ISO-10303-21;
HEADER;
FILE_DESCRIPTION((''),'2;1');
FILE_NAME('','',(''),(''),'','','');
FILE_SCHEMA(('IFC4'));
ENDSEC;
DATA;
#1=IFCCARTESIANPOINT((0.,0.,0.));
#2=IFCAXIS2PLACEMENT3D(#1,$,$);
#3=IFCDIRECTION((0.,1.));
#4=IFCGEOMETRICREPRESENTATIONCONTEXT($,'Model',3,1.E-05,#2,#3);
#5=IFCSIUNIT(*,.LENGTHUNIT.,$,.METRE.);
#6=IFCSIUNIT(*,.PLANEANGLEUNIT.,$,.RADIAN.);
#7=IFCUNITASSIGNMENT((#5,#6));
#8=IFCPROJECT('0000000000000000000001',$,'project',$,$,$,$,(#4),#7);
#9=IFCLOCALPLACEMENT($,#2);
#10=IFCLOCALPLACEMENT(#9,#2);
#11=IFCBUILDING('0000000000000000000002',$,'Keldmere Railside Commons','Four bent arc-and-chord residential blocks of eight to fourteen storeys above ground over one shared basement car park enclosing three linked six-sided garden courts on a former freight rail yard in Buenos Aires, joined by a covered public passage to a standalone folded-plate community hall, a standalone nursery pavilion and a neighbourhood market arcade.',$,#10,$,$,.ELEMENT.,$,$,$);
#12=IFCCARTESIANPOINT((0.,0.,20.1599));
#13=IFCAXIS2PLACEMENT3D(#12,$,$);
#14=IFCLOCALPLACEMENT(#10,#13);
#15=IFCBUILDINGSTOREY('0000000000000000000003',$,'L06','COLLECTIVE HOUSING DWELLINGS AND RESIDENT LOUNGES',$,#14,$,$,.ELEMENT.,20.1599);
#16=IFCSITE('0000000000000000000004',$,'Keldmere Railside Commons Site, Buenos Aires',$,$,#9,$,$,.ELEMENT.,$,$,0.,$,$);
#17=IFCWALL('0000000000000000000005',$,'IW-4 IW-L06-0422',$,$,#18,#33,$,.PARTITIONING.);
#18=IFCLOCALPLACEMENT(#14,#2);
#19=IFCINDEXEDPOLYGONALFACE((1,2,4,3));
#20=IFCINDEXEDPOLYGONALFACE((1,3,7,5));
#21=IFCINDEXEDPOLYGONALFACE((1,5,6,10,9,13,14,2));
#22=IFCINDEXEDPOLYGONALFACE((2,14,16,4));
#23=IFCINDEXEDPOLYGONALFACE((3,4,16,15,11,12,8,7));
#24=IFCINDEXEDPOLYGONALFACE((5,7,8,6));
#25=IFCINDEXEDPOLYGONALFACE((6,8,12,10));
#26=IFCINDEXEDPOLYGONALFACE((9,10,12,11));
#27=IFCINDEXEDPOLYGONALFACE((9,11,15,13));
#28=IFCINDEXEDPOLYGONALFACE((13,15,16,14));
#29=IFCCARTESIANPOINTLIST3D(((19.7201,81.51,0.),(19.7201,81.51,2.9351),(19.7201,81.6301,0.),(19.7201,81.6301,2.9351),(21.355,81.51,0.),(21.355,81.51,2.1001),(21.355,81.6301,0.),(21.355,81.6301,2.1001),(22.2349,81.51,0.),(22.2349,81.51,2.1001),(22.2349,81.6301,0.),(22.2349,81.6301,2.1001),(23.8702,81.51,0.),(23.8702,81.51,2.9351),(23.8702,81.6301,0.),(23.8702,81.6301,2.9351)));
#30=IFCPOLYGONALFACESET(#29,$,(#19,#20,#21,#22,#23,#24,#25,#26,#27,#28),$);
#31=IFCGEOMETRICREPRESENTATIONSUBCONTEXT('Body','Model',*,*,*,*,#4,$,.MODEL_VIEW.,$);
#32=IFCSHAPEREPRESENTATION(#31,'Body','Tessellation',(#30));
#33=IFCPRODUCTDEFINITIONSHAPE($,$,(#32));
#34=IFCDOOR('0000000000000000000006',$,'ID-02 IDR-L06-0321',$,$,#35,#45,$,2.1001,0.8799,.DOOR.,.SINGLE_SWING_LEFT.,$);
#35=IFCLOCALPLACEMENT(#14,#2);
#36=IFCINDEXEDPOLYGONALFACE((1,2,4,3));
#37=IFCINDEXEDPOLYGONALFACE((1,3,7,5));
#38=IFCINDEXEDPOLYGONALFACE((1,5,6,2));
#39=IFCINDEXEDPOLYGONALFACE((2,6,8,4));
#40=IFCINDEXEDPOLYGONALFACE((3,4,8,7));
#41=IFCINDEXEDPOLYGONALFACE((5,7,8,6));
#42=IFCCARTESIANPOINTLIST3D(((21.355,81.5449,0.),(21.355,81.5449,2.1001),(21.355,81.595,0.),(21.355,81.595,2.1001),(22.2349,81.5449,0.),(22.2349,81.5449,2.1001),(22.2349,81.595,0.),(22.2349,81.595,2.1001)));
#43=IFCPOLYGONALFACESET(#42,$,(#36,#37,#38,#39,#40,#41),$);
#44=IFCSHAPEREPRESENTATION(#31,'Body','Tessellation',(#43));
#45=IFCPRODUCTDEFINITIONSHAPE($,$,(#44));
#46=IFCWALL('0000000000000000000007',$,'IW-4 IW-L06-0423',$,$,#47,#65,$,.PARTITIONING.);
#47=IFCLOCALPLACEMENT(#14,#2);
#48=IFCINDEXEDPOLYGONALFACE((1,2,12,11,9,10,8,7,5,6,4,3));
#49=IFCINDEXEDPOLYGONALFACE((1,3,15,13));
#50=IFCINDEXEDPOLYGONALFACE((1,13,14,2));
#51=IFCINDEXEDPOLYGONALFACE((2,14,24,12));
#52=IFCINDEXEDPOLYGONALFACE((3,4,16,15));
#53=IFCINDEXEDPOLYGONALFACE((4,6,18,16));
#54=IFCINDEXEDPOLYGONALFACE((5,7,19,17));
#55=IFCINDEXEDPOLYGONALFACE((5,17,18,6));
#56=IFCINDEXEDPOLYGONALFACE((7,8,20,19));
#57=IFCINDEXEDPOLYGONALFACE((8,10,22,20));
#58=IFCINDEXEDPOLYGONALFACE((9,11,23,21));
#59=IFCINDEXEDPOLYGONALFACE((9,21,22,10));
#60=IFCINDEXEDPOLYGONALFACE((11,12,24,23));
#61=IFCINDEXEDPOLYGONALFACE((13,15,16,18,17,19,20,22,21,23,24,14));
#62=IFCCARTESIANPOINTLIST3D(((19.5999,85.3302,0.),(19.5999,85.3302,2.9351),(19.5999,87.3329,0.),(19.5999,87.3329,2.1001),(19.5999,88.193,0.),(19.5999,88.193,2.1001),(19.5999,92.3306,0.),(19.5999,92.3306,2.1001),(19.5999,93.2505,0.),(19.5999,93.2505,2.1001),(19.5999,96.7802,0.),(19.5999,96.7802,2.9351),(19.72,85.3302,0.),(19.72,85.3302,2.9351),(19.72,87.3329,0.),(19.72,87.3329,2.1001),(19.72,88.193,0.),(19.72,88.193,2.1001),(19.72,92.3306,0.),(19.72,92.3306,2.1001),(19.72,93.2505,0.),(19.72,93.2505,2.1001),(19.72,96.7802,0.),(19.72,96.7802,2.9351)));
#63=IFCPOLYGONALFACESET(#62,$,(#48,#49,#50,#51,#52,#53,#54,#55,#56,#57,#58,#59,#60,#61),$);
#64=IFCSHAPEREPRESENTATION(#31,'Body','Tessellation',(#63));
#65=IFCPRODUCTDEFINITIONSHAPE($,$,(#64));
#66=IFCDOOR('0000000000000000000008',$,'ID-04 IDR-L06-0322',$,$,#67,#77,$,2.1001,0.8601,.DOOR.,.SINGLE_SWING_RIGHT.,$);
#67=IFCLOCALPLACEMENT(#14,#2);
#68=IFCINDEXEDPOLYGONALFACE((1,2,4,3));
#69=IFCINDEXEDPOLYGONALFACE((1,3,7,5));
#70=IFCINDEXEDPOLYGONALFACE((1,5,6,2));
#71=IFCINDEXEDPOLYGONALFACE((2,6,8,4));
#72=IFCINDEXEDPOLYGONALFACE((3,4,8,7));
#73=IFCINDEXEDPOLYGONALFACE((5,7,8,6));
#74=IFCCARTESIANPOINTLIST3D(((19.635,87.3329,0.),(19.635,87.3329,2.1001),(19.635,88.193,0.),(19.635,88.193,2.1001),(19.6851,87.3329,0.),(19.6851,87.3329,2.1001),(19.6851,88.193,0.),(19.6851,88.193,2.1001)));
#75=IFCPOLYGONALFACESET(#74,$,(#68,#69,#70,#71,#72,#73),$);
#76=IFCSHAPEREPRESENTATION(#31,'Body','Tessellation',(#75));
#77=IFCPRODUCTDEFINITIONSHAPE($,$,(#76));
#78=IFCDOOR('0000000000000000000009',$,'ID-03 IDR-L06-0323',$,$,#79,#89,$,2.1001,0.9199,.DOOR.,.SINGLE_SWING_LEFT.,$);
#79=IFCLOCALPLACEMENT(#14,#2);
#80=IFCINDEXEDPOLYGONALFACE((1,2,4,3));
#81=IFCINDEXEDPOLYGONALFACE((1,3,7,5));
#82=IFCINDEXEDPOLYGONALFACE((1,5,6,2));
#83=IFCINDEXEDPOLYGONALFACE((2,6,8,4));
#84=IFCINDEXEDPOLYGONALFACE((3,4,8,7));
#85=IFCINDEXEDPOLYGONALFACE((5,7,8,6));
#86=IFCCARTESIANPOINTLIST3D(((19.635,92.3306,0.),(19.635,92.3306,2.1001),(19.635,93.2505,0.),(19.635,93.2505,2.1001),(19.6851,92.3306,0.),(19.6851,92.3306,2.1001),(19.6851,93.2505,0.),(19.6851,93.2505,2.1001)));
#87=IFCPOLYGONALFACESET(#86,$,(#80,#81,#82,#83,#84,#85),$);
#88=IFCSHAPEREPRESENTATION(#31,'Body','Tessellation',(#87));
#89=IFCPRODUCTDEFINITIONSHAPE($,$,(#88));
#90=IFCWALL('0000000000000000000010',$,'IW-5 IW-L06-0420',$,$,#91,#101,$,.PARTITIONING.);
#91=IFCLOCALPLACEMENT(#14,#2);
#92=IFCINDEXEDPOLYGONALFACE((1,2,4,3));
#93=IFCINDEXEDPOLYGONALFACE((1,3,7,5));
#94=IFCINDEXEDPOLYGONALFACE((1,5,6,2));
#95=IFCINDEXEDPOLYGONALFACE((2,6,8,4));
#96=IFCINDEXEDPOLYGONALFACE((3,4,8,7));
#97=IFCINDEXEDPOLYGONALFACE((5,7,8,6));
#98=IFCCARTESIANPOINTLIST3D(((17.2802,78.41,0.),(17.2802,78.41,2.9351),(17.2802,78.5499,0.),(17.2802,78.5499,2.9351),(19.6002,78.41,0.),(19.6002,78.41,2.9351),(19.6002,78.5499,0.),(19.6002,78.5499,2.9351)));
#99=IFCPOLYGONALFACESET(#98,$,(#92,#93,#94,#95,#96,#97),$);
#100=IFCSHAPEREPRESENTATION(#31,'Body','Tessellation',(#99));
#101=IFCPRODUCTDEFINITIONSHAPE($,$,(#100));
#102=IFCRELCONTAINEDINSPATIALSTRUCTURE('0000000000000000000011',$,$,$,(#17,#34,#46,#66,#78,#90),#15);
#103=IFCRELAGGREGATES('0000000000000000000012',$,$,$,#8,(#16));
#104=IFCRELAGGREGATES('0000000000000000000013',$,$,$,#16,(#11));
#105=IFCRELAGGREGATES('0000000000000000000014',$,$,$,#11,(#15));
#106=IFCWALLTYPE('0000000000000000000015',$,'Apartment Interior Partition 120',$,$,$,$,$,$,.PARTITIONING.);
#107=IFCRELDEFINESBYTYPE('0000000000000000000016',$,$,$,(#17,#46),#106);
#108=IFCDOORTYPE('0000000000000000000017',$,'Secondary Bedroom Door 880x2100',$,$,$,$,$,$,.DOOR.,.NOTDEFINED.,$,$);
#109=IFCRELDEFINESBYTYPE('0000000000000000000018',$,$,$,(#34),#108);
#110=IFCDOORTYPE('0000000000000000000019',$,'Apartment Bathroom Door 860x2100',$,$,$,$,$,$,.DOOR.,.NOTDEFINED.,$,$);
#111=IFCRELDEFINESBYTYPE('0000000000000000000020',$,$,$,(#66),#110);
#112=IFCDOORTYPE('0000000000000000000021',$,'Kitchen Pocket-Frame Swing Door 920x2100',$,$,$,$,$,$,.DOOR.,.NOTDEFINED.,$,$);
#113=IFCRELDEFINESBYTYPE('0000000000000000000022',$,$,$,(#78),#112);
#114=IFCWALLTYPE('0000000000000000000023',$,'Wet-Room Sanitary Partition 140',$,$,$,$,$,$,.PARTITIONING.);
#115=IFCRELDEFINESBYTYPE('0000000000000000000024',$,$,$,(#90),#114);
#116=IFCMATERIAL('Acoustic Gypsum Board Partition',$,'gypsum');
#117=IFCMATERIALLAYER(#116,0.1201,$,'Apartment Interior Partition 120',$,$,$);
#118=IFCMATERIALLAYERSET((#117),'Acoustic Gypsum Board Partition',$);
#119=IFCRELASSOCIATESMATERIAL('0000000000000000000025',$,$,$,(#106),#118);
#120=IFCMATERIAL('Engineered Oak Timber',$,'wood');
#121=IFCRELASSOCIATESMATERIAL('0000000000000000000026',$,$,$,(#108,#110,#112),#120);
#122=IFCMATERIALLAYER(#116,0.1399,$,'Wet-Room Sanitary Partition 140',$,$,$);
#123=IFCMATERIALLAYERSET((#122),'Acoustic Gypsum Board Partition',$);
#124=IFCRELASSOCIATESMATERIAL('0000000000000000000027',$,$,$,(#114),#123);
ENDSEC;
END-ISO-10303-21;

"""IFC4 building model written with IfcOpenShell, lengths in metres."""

from ifc_helpers import new_model, si_unit, direction, frame, frame_2d, origin, place, context, subcontext, project, spatial, rectangle, extrude, material, layer, layer_set, type_object, element, fill, save


model = new_model("IFC4")

# Units and contexts
model_context = context("Model", 3, precision=1e-05, world=origin(), true_north=direction((0.0, 1.0)))
body_context = subcontext(model_context, "Body", "Model", "MODEL_VIEW")
ifc_project = project(units=[si_unit("LENGTHUNIT", "METRE"), si_unit("PLANEANGLEUNIT", "RADIAN")], contexts=[model_context])

# Site, building, storey
site_placement = place(None, origin())
site = spatial("IfcSite", under=ifc_project, at=site_placement, Name="Keldmere Railside Commons Site, Buenos Aires", CompositionType="ELEMENT", RefElevation=0.0)
building_placement = place(site_placement, origin())
building = spatial("IfcBuilding", under=site, at=building_placement, Name="Keldmere Railside Commons", Description="Four bent arc-and-chord residential blocks of eight to fourteen storeys above ground over one shared basement car park enclosing three linked six-sided garden courts on a former freight rail yard in Buenos Aires, joined by a covered public passage to a standalone folded-plate community hall, a standalone nursery pavilion and a neighbourhood market arcade.", CompositionType="ELEMENT")
storey_placement = place(building_placement, frame((0.0, 0.0, 20.1599)))
storey = spatial("IfcBuildingStorey", under=building, at=storey_placement, Name="L06", Description="COLLECTIVE HOUSING DWELLINGS AND RESIDENT LOUNGES", CompositionType="ELEMENT", Elevation=20.1599)

# Shared definitions
ifc_material_1 = material(Name="Acoustic Gypsum Board Partition", Category="gypsum")

# Wall, opening, door
ifc_layer_1 = layer(ifc_material_1, 0.1201, Name="Apartment Interior Partition 120")
ifc_layer_set_1 = layer_set([ifc_layer_1], Name="Acoustic Gypsum Board Partition")
wall_type_1 = type_object("IfcWallType", Name="Apartment Interior Partition 120", PredefinedType="PARTITIONING", material=ifc_layer_set_1)
ifc_material_2 = material(Name="Engineered Oak Timber", Category="wood")
wall_1_placement = place(storey_placement, frame((19.72, 81.5701, 0.0), z_axis=(0.0, 0.0, 1.0), x_axis=(1.0, 0.0, 0.0)))
wall_1 = element("IfcWall", 1, at=wall_1_placement, inside=storey, type_object=wall_type_1, Name="IW-4 IW-L06-0422", PredefinedType="PARTITIONING", context=body_context, shape_type="SweptSolid", body=[
    extrude(rectangle(XDim=4.1501, YDim=0.1201, at=frame_2d((2.0752, 0.0))), origin(), (0.0, 0.0, 1.0), 2.9351),
])
opening_1_placement = place(wall_1_placement, frame((1.635, 0.0, 0.0)))
opening_1 = element("IfcOpeningElement", 2, at=opening_1_placement, cuts=wall_1, PredefinedType="OPENING", context=body_context, shape_type="SweptSolid", body=[
    extrude(rectangle(XDim=0.8799, YDim=2.1001, at=frame_2d((0.4399, 1.05))), frame((0.0, 0.0701, 0.0), z_axis=(0.0, -1.0, 0.0), x_axis=(1.0, 0.0, 0.0)), (0.0, 0.0, 1.0), 0.1401),
])
door_type_1 = type_object("IfcDoorType", Name="Secondary Bedroom Door 880x2100", OperationType="NOTDEFINED", PredefinedType="DOOR", material=ifc_material_2)
door_1_placement = place(opening_1_placement, origin())
door_1 = element("IfcDoor", 3, at=door_1_placement, inside=storey, type_object=door_type_1, Name="ID-02 IDR-L06-0321", OperationType="SINGLE_SWING_LEFT", OverallHeight=2.1001, OverallWidth=0.8799, PredefinedType="DOOR", context=body_context, shape_type="SweptSolid", body=[
    extrude(rectangle(XDim=0.8799, YDim=2.1001, at=frame_2d((0.4399, 1.05))), frame((0.0, 0.0249, 0.0), z_axis=(0.0, -1.0, 0.0), x_axis=(1.0, 0.0, 0.0)), (0.0, 0.0, 1.0), 0.05),
])
fill(opening_1, door_1)

# Wall, openings, doors
wall_2_placement = place(storey_placement, frame((19.6599, 85.3301, 0.0), z_axis=(0.0, 0.0, 1.0), x_axis=(0.0, 1.0, 0.0)))
wall_2 = element("IfcWall", 4, at=wall_2_placement, inside=storey, type_object=wall_type_1, Name="IW-4 IW-L06-0423", PredefinedType="PARTITIONING", context=body_context, shape_type="SweptSolid", body=[
    extrude(rectangle(XDim=11.45, YDim=0.1201, at=frame_2d((5.7251, 0.0))), origin(), (0.0, 0.0, 1.0), 2.9351),
])
opening_2_placement = place(wall_2_placement, frame((2.0027, 0.0, 0.0)))
opening_2 = element("IfcOpeningElement", 5, at=opening_2_placement, cuts=wall_2, PredefinedType="OPENING", context=body_context, shape_type="SweptSolid", body=[
    extrude(rectangle(XDim=0.8601, YDim=2.1001, at=frame_2d((0.4302, 1.05))), frame((0.0, 0.0701, 0.0), z_axis=(0.0, -1.0, 0.0), x_axis=(1.0, 0.0, 0.0)), (0.0, 0.0, 1.0), 0.1401),
])
opening_3_placement = place(wall_2_placement, frame((7.0005, 0.0, 0.0)))
opening_3 = element("IfcOpeningElement", 6, at=opening_3_placement, cuts=wall_2, PredefinedType="OPENING", context=body_context, shape_type="SweptSolid", body=[
    extrude(rectangle(XDim=0.9199, YDim=2.1001, at=frame_2d((0.46, 1.05))), frame((0.0, 0.0701, 0.0), z_axis=(0.0, -1.0, 0.0), x_axis=(1.0, 0.0, 0.0)), (0.0, 0.0, 1.0), 0.1401),
])
door_type_2 = type_object("IfcDoorType", Name="Apartment Bathroom Door 860x2100", OperationType="NOTDEFINED", PredefinedType="DOOR", material=ifc_material_2)
door_2_placement = place(opening_2_placement, origin())
door_2 = element("IfcDoor", 7, at=door_2_placement, inside=storey, type_object=door_type_2, Name="ID-04 IDR-L06-0322", OperationType="SINGLE_SWING_RIGHT", OverallHeight=2.1001, OverallWidth=0.8601, PredefinedType="DOOR", context=body_context, shape_type="SweptSolid", body=[
    extrude(rectangle(XDim=0.8601, YDim=2.1001, at=frame_2d((0.4302, 1.05))), frame((0.0, 0.0249, 0.0), z_axis=(0.0, -1.0, 0.0), x_axis=(1.0, 0.0, 0.0)), (0.0, 0.0, 1.0), 0.05),
])
fill(opening_2, door_2)
door_type_3 = type_object("IfcDoorType", Name="Kitchen Pocket-Frame Swing Door 920x2100", OperationType="NOTDEFINED", PredefinedType="DOOR", material=ifc_material_2)
door_3_placement = place(opening_3_placement, origin())
door_3 = element("IfcDoor", 8, at=door_3_placement, inside=storey, type_object=door_type_3, Name="ID-03 IDR-L06-0323", OperationType="SINGLE_SWING_LEFT", OverallHeight=2.1001, OverallWidth=0.9199, PredefinedType="DOOR", context=body_context, shape_type="SweptSolid", body=[
    extrude(rectangle(XDim=0.9199, YDim=2.1001, at=frame_2d((0.46, 1.05))), frame((0.0, 0.0249, 0.0), z_axis=(0.0, -1.0, 0.0), x_axis=(1.0, 0.0, 0.0)), (0.0, 0.0, 1.0), 0.05),
])
fill(opening_3, door_3)

# Wall
ifc_layer_2 = layer(ifc_material_1, 0.1399, Name="Wet-Room Sanitary Partition 140")
ifc_layer_set_2 = layer_set([ifc_layer_2], Name="Acoustic Gypsum Board Partition")
wall_type_2 = type_object("IfcWallType", Name="Wet-Room Sanitary Partition 140", PredefinedType="PARTITIONING", material=ifc_layer_set_2)
wall_3_placement = place(storey_placement, frame((17.28, 78.48, 0.0), z_axis=(0.0, 0.0, 1.0), x_axis=(1.0, 0.0, 0.0)))
element("IfcWall", 9, at=wall_3_placement, inside=storey, type_object=wall_type_2, Name="IW-5 IW-L06-0420", PredefinedType="PARTITIONING", context=body_context, shape_type="SweptSolid", body=[
    extrude(rectangle(XDim=2.3201, YDim=0.1399, at=frame_2d((1.1602, 0.0))), origin(), (0.0, 0.0, 1.0), 2.9351),
])

save(model, "model.ifc")
